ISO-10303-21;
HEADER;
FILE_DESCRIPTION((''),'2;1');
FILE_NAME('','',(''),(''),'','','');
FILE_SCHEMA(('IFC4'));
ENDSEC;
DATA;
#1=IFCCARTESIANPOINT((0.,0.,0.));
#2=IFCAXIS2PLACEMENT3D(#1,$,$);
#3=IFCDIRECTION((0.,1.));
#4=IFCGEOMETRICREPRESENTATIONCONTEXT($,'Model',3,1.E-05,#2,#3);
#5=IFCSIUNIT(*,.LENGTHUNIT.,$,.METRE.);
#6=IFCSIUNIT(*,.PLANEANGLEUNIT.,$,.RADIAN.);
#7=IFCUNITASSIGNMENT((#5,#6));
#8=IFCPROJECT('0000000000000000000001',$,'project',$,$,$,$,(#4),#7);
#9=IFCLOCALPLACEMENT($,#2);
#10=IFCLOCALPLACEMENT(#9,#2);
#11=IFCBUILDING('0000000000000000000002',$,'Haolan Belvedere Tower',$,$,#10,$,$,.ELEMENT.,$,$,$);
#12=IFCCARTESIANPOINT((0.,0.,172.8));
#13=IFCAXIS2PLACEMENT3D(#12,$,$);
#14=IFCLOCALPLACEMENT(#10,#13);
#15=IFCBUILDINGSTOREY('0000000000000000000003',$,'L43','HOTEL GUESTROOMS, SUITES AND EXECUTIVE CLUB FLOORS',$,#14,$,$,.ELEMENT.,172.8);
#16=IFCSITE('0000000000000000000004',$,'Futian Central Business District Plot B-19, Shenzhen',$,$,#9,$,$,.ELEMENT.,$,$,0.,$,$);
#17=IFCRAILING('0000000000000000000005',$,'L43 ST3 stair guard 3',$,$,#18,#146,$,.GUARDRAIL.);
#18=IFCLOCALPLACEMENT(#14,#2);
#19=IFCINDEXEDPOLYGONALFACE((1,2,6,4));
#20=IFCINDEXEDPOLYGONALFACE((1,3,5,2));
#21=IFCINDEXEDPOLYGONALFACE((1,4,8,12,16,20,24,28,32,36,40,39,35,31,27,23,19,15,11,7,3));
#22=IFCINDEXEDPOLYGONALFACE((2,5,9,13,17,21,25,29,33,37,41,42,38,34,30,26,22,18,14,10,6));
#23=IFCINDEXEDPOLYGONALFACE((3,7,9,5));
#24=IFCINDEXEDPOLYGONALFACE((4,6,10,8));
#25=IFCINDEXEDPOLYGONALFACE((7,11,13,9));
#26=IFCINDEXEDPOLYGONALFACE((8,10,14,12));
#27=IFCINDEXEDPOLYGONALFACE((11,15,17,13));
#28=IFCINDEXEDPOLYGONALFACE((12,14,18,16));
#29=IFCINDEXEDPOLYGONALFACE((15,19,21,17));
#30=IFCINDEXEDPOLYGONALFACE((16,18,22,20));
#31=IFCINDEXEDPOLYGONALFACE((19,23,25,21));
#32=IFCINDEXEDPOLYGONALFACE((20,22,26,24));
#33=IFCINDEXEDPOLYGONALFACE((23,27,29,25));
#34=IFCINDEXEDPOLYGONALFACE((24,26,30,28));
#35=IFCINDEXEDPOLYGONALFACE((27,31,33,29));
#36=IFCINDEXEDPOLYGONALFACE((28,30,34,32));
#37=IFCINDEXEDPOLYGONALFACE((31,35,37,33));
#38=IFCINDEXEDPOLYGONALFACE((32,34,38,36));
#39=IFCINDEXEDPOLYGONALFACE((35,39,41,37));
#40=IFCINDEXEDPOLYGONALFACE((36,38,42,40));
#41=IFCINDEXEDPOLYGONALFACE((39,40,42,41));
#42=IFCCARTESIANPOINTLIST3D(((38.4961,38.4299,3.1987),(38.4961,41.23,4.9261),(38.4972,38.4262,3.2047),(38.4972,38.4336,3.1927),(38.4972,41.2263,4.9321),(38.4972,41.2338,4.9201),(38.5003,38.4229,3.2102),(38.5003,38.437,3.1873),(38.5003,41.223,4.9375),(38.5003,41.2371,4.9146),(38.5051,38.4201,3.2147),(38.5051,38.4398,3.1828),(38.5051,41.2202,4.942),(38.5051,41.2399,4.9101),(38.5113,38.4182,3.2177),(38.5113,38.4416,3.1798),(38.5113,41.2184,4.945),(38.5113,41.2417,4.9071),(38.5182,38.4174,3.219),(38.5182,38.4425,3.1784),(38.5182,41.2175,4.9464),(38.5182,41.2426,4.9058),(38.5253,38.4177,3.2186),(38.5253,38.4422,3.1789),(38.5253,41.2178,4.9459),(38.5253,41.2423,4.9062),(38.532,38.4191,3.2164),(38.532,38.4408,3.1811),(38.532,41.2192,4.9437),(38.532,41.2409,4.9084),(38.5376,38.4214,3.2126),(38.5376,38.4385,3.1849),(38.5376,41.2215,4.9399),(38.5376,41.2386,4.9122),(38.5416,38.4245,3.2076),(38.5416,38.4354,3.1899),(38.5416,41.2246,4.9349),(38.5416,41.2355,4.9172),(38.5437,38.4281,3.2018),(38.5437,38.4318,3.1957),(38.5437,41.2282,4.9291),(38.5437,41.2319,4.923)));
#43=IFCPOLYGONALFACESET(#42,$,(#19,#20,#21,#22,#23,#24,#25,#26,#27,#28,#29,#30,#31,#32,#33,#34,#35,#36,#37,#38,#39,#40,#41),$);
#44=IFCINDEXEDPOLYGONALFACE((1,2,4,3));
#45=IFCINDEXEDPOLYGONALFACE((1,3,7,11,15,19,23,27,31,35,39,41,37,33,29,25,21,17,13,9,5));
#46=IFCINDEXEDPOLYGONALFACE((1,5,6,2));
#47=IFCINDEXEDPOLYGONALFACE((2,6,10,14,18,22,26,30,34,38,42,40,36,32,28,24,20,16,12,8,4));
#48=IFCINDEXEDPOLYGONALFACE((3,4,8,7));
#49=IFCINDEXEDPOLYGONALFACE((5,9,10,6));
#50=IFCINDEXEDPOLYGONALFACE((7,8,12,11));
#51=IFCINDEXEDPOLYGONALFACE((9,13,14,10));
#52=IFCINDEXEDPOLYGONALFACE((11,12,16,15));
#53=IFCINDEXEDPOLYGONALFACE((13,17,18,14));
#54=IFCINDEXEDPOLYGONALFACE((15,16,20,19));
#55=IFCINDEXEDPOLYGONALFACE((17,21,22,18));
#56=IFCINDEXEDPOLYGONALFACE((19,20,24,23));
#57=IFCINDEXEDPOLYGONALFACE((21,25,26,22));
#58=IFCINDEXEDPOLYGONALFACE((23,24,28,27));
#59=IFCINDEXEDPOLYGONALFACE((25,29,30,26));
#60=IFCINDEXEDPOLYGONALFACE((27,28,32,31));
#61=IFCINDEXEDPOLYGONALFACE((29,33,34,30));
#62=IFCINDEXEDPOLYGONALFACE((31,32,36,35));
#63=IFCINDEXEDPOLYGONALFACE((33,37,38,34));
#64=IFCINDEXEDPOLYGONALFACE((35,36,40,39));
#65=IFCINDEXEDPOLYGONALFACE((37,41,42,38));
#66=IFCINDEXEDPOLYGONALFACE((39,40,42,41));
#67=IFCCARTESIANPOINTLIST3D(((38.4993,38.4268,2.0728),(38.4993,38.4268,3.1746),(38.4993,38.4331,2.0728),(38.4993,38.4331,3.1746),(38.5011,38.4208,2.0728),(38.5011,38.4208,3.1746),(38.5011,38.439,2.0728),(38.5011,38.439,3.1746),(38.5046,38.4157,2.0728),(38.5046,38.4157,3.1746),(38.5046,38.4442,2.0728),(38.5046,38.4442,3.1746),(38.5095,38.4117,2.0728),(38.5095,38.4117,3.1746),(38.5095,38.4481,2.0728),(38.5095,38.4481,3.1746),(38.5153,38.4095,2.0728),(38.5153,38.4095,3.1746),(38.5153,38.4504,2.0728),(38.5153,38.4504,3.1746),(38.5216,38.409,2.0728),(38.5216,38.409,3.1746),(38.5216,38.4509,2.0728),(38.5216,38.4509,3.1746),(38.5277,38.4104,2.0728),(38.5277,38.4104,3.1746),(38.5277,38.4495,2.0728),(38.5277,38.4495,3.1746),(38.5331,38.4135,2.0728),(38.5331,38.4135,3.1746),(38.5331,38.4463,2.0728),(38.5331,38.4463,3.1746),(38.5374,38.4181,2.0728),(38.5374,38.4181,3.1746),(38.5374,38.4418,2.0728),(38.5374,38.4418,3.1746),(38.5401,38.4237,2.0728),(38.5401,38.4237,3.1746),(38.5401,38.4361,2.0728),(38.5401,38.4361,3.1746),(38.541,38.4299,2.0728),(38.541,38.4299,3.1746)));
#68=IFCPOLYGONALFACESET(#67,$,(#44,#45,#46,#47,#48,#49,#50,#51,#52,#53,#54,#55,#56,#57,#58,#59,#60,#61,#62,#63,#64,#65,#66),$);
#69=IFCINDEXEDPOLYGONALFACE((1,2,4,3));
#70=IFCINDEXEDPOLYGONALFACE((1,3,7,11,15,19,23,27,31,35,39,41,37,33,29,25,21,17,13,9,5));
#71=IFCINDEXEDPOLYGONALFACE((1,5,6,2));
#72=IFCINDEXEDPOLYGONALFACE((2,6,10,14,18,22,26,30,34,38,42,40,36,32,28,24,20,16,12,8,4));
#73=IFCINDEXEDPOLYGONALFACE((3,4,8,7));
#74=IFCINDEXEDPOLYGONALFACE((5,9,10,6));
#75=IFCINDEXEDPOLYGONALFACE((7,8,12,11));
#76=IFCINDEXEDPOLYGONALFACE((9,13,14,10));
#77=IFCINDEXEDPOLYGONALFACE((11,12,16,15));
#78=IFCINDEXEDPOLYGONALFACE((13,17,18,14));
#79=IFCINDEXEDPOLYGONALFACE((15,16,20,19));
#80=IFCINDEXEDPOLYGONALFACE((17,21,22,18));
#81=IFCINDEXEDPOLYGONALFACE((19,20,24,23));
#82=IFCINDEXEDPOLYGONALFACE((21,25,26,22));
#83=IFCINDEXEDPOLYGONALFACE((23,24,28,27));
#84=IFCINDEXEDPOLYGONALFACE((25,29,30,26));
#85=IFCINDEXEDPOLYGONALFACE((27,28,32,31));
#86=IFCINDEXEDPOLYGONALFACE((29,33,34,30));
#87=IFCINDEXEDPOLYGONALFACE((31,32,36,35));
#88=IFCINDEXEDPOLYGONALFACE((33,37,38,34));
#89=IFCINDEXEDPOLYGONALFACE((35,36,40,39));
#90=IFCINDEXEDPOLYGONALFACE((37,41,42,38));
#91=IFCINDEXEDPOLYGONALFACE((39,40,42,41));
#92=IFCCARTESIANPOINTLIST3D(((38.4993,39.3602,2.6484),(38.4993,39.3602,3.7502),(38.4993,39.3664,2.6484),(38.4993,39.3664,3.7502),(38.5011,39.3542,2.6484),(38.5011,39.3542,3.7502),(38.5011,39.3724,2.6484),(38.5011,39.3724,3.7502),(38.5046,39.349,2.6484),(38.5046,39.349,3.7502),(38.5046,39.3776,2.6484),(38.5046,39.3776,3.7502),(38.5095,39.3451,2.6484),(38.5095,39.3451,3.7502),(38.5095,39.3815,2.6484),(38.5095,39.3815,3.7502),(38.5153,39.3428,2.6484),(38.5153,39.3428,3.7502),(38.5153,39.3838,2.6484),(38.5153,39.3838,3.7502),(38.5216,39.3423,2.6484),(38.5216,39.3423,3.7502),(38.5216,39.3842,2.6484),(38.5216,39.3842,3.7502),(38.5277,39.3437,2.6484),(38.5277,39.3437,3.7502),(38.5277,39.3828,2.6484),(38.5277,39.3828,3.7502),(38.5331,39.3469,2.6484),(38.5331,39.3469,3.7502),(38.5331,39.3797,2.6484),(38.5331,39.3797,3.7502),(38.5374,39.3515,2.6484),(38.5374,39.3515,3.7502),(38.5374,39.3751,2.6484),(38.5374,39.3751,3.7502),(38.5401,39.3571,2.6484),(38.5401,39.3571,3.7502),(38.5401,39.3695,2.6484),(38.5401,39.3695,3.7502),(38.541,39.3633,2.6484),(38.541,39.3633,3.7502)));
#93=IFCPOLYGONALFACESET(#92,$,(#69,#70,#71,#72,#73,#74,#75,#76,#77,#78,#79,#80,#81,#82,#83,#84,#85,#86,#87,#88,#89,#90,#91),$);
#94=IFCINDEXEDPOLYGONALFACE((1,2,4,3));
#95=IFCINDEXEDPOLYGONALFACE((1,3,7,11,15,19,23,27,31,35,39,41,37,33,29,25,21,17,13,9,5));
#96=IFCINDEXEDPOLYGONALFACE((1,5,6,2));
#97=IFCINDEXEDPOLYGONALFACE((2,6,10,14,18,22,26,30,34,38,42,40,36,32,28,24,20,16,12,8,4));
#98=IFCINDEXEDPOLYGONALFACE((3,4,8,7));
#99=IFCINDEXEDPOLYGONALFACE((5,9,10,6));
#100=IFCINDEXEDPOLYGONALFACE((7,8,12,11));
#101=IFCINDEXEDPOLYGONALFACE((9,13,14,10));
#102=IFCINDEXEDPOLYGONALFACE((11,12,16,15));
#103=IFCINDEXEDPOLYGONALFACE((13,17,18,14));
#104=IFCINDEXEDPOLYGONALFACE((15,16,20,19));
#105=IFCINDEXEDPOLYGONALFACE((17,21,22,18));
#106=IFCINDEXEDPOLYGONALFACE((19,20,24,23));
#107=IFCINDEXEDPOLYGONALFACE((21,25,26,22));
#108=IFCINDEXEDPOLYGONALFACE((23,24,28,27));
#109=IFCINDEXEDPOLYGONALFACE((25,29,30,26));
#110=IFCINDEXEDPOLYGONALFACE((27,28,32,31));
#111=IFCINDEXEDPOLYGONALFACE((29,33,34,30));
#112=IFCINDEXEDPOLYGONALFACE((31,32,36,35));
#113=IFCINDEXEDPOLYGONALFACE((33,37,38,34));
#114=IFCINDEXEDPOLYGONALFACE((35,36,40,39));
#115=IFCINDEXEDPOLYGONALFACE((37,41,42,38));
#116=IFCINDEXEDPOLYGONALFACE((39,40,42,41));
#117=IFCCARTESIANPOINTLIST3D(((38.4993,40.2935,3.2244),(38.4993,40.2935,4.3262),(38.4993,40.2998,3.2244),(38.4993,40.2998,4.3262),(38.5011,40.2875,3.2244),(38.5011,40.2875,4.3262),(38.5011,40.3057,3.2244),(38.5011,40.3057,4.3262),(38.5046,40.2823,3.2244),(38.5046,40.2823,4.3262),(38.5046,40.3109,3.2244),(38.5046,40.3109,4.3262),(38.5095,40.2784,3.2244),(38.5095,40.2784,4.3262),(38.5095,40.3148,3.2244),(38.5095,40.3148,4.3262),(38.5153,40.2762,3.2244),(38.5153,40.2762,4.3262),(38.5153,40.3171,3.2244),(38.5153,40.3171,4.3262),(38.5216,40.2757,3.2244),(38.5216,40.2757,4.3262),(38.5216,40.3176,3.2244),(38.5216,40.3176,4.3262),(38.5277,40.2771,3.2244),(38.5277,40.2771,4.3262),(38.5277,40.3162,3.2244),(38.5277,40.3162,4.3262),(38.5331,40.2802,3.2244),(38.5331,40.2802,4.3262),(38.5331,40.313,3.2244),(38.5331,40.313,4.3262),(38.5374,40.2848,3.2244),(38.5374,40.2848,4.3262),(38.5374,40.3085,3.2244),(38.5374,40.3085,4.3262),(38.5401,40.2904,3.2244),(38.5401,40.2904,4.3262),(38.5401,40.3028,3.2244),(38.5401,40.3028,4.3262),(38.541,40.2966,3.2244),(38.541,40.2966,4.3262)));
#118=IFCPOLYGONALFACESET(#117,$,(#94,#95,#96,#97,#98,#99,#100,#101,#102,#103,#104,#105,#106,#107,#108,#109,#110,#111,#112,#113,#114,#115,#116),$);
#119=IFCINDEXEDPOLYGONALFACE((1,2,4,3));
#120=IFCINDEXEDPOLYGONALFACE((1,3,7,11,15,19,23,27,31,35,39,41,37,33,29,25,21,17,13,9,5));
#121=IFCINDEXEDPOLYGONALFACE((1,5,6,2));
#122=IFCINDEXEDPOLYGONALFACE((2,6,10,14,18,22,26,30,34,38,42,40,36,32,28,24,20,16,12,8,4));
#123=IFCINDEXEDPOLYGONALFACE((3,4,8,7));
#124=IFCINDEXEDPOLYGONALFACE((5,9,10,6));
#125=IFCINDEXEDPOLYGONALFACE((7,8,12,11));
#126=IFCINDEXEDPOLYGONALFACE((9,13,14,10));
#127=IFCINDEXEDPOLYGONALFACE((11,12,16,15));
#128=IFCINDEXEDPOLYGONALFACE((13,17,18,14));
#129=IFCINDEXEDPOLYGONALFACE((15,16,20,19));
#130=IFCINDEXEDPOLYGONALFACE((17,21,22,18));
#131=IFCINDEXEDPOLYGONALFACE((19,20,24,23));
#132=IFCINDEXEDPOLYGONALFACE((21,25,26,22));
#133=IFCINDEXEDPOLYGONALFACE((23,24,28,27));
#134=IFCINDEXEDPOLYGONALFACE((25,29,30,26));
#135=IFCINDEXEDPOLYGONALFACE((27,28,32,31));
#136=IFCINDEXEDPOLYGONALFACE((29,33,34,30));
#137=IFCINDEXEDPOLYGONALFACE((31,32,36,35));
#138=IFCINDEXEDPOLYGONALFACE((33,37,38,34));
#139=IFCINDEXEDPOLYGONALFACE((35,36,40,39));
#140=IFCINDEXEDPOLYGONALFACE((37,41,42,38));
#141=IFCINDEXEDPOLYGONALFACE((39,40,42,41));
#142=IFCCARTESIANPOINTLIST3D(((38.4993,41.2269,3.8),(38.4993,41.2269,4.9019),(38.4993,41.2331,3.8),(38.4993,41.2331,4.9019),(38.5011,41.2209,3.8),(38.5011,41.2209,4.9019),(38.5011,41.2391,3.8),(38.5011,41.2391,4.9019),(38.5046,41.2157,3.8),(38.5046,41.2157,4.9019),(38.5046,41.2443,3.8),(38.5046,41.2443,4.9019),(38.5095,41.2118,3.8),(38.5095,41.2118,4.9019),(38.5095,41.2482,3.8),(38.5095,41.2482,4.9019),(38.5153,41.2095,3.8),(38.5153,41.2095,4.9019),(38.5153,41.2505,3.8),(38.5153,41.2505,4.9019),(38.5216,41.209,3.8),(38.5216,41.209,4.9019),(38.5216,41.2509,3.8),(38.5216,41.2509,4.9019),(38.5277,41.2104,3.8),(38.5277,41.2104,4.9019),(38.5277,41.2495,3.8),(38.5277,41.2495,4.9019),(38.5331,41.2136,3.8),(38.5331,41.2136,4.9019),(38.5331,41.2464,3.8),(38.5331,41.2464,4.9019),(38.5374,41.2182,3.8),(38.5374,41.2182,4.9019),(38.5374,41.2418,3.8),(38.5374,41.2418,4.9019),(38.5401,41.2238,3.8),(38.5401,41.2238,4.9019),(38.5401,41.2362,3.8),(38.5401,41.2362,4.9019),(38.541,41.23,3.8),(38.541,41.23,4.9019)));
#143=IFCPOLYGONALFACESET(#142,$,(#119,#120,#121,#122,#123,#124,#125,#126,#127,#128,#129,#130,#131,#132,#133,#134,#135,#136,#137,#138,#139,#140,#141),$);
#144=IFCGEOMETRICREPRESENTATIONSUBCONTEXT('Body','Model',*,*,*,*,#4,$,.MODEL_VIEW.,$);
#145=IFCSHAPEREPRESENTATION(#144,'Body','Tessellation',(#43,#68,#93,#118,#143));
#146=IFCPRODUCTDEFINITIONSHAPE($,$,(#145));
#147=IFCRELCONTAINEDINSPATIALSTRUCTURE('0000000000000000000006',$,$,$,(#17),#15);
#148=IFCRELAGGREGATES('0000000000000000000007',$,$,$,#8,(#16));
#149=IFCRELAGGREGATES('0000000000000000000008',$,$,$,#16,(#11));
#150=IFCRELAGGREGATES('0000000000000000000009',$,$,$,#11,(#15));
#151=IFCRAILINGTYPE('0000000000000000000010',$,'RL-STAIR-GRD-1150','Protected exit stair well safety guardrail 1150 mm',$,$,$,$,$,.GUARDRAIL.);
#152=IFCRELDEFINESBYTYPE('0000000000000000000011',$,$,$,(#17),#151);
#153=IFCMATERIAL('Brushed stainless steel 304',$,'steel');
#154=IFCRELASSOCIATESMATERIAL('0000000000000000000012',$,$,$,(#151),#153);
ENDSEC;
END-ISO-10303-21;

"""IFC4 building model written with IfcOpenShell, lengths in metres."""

from ifc_helpers import new_model, si_unit, direction, frame, origin, origin_2d, place, context, subcontext, project, spatial, circle, extrude, material, type_object, element, save


model = new_model("IFC4")

# Units and contexts
model_context = context("Model", 3, precision=1e-05, world=origin(), true_north=direction((0.0, 1.0)))
body_context = subcontext(model_context, "Body", "Model", "MODEL_VIEW")
ifc_project = project(units=[si_unit("LENGTHUNIT", "METRE"), si_unit("PLANEANGLEUNIT", "RADIAN")], contexts=[model_context])

# Site, building, storey
site_placement = place(None, origin())
site = spatial("IfcSite", under=ifc_project, at=site_placement, Name="Futian Central Business District Plot B-19, Shenzhen", CompositionType="ELEMENT", RefElevation=0.0)
building_placement = place(site_placement, origin())
building = spatial("IfcBuilding", under=site, at=building_placement, Name="Haolan Belvedere Tower", CompositionType="ELEMENT")
storey_placement = place(building_placement, frame((0.0, 0.0, 172.8)))
storey = spatial("IfcBuildingStorey", under=building, at=storey_placement, Name="L43", Description="HOTEL GUESTROOMS, SUITES AND EXECUTIVE CLUB FLOORS", CompositionType="ELEMENT", Elevation=172.8)

# Railing
ifc_material_1 = material(Name="Brushed stainless steel 304", Category="steel")
railing_type_1 = type_object("IfcRailingType", Name="RL-STAIR-GRD-1150", Description="Protected exit stair well safety guardrail 1150 mm", PredefinedType="GUARDRAIL", material=ifc_material_1)
railing_1_placement = place(storey_placement, frame((38.52, 38.4299, 2.0728)))
element("IfcRailing", 1, at=railing_1_placement, inside=storey, type_object=railing_type_1, Name="L43 ST3 stair guard 3", PredefinedType="GUARDRAIL", context=body_context, shape_type="SweptSolid", body=[
    extrude(circle(Radius=0.0239, at=origin_2d()), frame((0.0, 0.0, 1.126), z_axis=(0.0, 0.85109, 0.52502), x_axis=(-1.0, 0.0, 0.0)), (0.0, 0.0, 1.0), 3.29),
    extrude(circle(Radius=0.021, at=origin_2d()), origin(), (0.0, 0.0, 1.0), 1.1018),
    extrude(circle(Radius=0.021, at=origin_2d()), frame((0.0, 0.9333, 0.5757)), (0.0, 0.0, 1.0), 1.1018),
    extrude(circle(Radius=0.021, at=origin_2d()), frame((0.0, 1.8667, 1.1516)), (0.0, 0.0, 1.0), 1.1018),
    extrude(circle(Radius=0.021, at=origin_2d()), frame((0.0, 2.8, 1.7273)), (0.0, 0.0, 1.0), 1.1018),
])

save(model, "model.ifc")
